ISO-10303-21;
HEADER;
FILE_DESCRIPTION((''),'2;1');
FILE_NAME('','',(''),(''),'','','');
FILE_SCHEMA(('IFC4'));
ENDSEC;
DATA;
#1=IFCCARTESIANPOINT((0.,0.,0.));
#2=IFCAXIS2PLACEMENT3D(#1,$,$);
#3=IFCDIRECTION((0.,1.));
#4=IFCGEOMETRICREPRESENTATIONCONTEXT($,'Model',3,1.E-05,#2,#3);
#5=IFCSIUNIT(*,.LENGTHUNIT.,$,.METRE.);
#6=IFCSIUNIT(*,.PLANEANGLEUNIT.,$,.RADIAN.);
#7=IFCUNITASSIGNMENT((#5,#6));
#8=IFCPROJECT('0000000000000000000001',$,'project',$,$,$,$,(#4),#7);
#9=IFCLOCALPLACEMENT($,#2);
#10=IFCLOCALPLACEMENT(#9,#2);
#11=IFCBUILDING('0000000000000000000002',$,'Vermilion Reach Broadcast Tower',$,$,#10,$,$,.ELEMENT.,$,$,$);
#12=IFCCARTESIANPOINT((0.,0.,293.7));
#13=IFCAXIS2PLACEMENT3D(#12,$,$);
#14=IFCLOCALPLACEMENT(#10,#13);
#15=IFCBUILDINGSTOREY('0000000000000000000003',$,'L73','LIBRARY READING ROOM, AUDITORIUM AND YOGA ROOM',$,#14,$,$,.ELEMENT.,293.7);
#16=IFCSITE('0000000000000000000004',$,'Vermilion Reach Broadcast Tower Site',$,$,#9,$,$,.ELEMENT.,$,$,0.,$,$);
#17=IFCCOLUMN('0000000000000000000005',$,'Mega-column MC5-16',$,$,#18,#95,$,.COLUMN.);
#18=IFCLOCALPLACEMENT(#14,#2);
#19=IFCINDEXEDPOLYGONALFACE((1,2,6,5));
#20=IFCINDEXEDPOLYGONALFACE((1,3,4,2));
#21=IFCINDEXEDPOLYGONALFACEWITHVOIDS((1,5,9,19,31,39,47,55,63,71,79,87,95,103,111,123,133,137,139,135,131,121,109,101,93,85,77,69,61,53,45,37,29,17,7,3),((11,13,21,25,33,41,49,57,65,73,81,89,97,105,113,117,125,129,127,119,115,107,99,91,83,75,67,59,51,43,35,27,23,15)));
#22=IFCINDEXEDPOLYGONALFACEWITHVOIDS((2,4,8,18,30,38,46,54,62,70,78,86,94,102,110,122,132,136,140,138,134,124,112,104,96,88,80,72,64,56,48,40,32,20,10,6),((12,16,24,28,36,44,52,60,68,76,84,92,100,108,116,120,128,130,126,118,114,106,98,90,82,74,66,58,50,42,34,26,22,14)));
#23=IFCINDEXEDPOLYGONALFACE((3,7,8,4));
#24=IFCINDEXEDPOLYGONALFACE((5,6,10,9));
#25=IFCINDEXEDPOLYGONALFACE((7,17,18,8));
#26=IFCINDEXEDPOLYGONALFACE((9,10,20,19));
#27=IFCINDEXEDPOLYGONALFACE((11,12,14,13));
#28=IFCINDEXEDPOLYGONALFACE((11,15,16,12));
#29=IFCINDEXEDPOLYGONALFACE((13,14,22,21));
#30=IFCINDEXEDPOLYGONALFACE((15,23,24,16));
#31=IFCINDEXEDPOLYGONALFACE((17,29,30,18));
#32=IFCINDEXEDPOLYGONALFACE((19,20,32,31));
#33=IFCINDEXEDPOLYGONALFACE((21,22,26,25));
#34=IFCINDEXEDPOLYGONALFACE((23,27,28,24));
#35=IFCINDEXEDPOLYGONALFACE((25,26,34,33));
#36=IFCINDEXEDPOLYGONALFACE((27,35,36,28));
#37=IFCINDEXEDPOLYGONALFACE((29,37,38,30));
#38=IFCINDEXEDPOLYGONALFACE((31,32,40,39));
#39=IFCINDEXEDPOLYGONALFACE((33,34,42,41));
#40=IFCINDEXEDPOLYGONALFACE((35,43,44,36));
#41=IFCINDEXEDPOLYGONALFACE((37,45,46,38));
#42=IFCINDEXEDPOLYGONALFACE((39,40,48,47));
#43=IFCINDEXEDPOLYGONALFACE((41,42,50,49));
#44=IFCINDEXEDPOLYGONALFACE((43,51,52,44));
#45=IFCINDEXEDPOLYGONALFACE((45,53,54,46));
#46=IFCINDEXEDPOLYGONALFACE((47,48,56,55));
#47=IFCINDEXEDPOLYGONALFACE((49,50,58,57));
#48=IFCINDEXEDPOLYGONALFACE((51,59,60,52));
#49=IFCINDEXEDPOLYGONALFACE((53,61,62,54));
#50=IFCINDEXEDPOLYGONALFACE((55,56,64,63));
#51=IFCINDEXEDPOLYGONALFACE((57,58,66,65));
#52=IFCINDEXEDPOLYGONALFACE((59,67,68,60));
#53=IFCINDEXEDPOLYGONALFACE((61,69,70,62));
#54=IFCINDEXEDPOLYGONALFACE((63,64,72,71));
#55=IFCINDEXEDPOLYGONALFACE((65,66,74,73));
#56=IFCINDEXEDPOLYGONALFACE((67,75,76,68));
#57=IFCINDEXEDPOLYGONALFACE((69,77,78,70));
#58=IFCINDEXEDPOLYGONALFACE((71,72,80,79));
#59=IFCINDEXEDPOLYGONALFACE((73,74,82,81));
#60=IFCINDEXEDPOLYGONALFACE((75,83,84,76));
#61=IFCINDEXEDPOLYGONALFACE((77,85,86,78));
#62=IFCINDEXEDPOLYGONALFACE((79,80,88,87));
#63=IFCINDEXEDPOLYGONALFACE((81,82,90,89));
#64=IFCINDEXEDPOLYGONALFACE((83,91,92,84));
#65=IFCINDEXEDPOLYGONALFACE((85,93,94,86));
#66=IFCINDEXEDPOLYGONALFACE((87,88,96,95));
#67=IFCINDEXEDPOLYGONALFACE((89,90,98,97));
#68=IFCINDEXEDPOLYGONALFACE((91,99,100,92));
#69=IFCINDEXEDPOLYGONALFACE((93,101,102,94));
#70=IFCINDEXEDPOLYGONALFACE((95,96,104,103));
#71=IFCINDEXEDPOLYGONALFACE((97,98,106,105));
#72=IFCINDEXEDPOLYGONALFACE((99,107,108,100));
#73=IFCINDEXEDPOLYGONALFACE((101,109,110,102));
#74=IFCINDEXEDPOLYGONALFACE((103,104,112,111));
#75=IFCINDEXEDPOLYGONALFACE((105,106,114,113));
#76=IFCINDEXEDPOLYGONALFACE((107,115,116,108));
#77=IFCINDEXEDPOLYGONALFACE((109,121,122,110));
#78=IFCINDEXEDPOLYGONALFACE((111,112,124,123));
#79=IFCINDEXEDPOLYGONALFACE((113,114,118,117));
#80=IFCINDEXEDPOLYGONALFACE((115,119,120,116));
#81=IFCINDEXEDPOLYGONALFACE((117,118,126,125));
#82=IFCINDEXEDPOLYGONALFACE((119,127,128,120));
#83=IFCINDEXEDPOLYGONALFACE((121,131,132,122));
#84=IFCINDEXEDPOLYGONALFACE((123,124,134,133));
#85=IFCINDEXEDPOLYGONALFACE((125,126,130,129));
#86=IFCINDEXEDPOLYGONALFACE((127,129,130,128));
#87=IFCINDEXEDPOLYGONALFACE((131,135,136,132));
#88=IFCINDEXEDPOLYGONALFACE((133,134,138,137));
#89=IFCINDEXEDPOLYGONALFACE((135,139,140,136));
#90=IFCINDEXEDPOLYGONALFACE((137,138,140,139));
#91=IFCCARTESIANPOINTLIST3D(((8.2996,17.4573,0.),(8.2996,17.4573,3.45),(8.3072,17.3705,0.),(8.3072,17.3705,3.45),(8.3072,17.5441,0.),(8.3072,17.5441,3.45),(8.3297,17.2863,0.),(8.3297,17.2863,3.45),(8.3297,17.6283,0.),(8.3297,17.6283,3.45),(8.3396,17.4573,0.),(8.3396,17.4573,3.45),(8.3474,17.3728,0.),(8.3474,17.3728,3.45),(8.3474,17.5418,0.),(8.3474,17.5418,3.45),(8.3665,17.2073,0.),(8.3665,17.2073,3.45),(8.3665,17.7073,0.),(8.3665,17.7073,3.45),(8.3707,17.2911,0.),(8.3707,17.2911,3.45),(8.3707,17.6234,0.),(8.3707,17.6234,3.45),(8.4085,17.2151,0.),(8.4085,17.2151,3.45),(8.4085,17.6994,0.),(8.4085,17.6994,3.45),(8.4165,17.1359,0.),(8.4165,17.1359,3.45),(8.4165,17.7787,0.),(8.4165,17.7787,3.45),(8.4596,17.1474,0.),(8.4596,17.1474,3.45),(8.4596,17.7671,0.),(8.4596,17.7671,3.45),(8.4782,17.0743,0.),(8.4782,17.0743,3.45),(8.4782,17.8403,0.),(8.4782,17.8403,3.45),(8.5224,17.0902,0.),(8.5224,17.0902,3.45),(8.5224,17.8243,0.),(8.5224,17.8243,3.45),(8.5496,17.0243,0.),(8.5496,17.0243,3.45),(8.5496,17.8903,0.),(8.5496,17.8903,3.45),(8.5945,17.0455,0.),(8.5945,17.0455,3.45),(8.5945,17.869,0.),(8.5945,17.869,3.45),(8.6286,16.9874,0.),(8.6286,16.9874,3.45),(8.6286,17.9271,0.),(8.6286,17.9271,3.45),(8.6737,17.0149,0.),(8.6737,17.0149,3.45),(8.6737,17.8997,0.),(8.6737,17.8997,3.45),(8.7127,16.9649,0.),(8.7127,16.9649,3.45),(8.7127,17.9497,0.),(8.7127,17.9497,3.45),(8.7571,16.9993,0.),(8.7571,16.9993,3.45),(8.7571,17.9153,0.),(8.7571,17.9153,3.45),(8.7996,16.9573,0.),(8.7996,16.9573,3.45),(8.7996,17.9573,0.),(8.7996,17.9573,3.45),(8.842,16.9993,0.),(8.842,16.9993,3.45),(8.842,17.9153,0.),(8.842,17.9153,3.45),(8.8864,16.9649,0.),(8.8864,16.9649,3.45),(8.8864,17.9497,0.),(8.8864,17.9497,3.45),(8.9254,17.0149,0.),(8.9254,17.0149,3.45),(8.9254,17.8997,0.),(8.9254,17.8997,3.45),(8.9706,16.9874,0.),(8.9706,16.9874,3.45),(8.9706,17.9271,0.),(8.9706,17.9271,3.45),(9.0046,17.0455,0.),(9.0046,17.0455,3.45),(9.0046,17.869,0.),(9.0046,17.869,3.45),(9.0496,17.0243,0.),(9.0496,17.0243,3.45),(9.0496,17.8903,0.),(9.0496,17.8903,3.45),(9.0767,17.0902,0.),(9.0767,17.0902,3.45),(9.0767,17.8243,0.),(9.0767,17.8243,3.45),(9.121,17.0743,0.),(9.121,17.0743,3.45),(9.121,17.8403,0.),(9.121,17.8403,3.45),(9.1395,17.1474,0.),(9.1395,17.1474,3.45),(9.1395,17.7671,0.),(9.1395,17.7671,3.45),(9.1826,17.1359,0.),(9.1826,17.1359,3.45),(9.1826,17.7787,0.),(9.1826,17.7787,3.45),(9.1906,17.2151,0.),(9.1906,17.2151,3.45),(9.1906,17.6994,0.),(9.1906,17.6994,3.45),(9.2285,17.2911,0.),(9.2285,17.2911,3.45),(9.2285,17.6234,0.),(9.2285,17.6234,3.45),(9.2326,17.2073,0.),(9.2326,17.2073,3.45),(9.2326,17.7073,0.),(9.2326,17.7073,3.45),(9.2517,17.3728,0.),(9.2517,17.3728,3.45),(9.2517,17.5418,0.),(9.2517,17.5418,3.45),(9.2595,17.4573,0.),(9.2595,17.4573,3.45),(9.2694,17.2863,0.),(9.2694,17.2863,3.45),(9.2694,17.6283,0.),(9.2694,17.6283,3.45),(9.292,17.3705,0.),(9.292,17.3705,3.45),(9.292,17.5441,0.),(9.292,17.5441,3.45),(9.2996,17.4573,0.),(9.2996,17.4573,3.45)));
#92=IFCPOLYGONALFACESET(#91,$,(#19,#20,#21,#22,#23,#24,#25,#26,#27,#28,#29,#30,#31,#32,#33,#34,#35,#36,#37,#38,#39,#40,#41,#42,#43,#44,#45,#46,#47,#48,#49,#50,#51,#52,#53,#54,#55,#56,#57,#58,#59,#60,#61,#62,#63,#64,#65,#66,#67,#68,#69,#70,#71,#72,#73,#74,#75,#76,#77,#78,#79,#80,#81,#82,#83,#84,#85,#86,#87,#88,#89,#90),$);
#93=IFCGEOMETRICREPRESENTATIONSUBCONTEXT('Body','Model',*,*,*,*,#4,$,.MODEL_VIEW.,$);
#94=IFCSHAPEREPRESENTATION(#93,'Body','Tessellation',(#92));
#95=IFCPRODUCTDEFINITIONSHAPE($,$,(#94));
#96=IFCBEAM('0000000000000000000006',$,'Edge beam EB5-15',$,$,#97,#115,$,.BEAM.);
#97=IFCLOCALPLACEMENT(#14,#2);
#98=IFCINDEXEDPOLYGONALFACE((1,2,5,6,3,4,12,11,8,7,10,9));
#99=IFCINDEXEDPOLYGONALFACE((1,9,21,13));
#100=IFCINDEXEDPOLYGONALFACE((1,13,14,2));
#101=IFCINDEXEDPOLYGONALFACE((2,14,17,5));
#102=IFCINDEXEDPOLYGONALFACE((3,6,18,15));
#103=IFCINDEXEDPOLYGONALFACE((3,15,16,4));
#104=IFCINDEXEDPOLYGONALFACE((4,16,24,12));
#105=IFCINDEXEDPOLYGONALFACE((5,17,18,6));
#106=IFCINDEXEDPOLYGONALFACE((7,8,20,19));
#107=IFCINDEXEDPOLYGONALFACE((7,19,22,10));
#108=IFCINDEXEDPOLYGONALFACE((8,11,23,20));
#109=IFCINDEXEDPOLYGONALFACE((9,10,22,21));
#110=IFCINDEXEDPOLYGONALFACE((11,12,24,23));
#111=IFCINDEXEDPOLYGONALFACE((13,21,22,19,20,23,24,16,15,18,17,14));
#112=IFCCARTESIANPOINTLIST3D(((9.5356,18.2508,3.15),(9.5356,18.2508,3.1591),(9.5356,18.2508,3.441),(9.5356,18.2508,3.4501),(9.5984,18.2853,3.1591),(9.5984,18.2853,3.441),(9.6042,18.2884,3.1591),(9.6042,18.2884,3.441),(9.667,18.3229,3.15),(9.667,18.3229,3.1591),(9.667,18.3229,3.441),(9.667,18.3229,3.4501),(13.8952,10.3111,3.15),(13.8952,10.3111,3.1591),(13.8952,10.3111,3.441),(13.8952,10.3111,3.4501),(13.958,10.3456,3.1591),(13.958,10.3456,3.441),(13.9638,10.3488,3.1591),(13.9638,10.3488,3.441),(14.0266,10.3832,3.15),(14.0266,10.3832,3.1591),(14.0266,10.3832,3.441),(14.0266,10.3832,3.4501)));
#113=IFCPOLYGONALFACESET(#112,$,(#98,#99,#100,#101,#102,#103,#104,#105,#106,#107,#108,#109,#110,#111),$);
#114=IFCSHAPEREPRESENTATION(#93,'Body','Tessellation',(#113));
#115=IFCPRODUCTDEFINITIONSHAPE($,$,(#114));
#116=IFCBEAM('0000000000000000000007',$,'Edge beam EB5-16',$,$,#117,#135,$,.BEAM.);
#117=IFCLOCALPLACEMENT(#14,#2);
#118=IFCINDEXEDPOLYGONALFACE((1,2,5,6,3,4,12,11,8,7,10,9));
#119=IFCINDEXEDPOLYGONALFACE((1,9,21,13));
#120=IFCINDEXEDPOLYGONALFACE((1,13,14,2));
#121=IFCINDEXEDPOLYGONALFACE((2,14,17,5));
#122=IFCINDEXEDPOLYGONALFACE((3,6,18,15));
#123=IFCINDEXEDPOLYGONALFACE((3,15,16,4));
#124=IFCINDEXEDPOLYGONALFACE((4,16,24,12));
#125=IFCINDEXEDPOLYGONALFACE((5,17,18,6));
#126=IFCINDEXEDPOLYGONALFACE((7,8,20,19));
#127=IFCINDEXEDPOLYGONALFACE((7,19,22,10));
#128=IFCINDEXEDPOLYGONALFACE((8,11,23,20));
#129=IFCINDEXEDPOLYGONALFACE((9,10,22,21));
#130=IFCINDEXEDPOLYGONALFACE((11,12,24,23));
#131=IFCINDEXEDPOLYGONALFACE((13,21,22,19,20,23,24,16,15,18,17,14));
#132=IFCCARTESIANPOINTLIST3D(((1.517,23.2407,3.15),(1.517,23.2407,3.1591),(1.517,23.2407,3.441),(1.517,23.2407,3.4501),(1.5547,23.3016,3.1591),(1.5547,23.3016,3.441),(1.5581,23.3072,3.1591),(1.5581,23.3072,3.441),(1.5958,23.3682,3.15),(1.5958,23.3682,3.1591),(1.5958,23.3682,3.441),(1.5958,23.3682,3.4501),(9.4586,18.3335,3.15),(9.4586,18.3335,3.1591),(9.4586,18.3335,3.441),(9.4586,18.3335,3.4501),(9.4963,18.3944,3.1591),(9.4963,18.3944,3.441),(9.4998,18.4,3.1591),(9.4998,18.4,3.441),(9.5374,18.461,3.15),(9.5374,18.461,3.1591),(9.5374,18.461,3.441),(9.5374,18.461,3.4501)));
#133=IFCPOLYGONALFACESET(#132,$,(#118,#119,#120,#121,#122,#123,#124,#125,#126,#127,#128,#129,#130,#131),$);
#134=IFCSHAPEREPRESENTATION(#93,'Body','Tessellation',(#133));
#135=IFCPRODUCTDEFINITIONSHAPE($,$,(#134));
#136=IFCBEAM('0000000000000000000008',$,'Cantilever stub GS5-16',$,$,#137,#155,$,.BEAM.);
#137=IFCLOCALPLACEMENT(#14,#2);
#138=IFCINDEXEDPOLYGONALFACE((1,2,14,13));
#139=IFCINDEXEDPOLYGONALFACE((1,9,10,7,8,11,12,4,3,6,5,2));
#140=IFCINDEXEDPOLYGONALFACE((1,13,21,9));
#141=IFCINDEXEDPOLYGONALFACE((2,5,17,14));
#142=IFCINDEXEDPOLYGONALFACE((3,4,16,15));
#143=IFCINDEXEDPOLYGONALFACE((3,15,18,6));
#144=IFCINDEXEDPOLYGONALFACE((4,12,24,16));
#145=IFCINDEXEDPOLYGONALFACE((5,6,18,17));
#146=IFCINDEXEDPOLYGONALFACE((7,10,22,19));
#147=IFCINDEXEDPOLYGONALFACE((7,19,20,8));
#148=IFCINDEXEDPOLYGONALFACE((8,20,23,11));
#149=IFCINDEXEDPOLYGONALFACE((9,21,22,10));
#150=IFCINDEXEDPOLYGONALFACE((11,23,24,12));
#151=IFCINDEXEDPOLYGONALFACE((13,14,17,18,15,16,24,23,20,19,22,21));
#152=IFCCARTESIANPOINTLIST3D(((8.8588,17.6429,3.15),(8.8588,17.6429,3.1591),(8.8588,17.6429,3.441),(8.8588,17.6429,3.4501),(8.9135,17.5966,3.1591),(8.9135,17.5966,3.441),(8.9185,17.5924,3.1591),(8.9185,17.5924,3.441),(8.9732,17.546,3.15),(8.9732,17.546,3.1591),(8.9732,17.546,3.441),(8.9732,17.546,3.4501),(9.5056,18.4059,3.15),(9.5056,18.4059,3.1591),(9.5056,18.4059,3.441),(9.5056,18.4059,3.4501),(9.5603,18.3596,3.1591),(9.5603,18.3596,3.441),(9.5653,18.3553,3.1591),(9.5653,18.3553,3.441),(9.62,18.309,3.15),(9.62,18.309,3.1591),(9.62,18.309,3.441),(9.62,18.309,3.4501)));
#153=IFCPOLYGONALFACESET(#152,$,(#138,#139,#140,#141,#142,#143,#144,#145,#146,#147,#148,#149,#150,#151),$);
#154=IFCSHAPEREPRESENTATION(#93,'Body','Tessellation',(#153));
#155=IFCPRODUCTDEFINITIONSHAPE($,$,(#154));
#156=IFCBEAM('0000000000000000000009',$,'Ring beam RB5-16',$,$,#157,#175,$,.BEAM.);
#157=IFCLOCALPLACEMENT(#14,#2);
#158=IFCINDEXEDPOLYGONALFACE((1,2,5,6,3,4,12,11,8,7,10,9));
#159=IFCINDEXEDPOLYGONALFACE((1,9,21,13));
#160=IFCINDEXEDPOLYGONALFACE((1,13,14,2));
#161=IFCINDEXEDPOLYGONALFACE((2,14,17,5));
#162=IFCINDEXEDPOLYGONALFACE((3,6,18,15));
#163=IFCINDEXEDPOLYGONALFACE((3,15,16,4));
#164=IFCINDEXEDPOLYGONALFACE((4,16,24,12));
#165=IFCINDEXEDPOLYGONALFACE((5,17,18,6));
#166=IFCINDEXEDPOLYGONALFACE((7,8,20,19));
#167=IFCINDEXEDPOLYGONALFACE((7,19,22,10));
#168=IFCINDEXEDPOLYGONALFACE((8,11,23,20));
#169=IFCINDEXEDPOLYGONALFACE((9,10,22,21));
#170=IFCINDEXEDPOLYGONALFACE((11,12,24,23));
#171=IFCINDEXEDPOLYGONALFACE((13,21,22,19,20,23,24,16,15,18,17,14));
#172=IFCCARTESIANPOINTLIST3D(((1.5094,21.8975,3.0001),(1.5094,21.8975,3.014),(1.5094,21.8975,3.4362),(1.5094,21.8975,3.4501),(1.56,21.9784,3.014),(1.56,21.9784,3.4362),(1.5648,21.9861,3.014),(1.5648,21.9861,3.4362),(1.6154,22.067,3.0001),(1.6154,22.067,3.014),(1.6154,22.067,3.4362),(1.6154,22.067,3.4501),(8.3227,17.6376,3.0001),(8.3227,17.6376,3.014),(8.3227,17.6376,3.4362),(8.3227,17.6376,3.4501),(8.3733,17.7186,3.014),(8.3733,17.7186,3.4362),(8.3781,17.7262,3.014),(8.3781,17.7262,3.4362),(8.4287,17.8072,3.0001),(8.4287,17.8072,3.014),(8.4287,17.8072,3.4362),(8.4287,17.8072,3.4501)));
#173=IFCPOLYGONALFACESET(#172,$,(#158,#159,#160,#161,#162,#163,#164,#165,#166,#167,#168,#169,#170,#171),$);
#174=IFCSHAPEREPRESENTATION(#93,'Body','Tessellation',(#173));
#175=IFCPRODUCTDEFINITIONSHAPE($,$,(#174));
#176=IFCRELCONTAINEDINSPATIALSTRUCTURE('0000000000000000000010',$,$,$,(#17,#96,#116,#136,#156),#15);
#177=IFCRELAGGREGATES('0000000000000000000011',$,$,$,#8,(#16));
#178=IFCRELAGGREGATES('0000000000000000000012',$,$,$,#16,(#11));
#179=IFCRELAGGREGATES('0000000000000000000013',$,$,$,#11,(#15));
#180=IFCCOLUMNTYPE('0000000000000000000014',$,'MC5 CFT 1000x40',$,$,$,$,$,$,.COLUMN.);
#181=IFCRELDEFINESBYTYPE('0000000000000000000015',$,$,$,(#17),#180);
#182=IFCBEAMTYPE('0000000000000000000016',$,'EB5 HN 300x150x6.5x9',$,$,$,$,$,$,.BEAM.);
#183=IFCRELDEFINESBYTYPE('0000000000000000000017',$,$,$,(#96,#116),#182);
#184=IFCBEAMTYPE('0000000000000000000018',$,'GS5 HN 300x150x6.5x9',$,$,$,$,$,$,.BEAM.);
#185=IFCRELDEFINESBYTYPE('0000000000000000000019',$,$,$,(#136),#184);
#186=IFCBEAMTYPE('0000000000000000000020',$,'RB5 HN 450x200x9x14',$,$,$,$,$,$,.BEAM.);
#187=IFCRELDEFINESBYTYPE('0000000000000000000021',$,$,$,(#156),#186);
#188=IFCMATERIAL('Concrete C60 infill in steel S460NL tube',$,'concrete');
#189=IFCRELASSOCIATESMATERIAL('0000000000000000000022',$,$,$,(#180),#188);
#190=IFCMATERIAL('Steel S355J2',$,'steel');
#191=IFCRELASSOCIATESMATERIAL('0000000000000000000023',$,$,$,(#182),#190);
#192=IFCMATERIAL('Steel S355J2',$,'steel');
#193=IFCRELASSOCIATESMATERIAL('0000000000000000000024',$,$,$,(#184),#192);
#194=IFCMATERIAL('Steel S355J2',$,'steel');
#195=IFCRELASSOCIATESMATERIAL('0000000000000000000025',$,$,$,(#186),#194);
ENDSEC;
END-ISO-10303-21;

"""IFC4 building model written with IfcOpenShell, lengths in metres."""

from ifc_helpers import new_model, si_unit, direction, frame, origin, origin_2d, place, context, subcontext, project, spatial, hollow_circle, i_section, extrude, material, material_profile, profile_set, type_object, element, save


model = new_model("IFC4")

# Units and contexts
model_context = context("Model", 3, precision=1e-05, world=origin(), true_north=direction((0.0, 1.0)))
body_context = subcontext(model_context, "Body", "Model", "MODEL_VIEW")
ifc_project = project(units=[si_unit("LENGTHUNIT", "METRE"), si_unit("PLANEANGLEUNIT", "RADIAN")], contexts=[model_context])

# Site, building, storey
site_placement = place(None, origin())
site = spatial("IfcSite", under=ifc_project, at=site_placement, Name="Vermilion Reach Broadcast Tower Site", CompositionType="ELEMENT", RefElevation=0.0)
building_placement = place(site_placement, origin())
building = spatial("IfcBuilding", under=site, at=building_placement, Name="Vermilion Reach Broadcast Tower", CompositionType="ELEMENT")
storey_placement = place(building_placement, frame((0.0, 0.0, 293.7)))
storey = spatial("IfcBuildingStorey", under=building, at=storey_placement, Name="L73", Description="LIBRARY READING ROOM, AUDITORIUM AND YOGA ROOM", CompositionType="ELEMENT", Elevation=293.7)

# Column
ifc_material_1 = material(Name="Concrete C60 infill in steel S460NL tube", Category="concrete")
ifc_material_profile_1 = material_profile(ifc_material_1, hollow_circle(Radius=0.5, WallThickness=0.04, at=origin_2d()), Name="Concrete C60 infill in steel S460NL tube CFT 1000x40")
ifc_profile_set_1 = profile_set([ifc_material_profile_1], Name="Concrete C60 infill in steel S460NL tube")
column_type = type_object("IfcColumnType", Name="MC5 CFT 1000x40", PredefinedType="COLUMN", material=ifc_profile_set_1)
column_placement = place(storey_placement, frame((8.7996, 17.4573, 0.0), z_axis=(0.0, 0.0, 1.0), x_axis=(1.0, 0.0, 0.0)))
element("IfcColumn", 1, at=column_placement, inside=storey, type_object=column_type, Name="Mega-column MC5-16", PredefinedType="COLUMN", context=body_context, shape_type="SweptSolid", body=[
    extrude(hollow_circle(Radius=0.5, WallThickness=0.04, at=origin_2d()), origin(), (0.0, 0.0, 1.0), 3.45),
])

# Beams
ifc_material_2 = material(Name="Steel S355J2", Category="steel")
ifc_material_profile_2 = material_profile(ifc_material_2, i_section(OverallWidth=0.1499, OverallDepth=0.3, WebThickness=0.0066, FlangeThickness=0.009, at=origin_2d()), Name="S355J2 HN 300x150x6.5x9")
ifc_profile_set_2 = profile_set([ifc_material_profile_2], Name="Steel S355J2")
beam_type_1 = type_object("IfcBeamType", Name="EB5 HN 300x150x6.5x9", PredefinedType="BEAM", material=ifc_profile_set_2)
beam_1_placement = place(storey_placement, frame((13.9609, 10.3472, 3.3), z_axis=(-0.481307, 0.876552, 0.0), x_axis=(-0.876552, -0.481307, 0.0)))
element("IfcBeam", 2, at=beam_1_placement, inside=storey, type_object=beam_type_1, Name="Edge beam EB5-15", PredefinedType="BEAM", context=body_context, shape_type="SweptSolid", body=[
    extrude(i_section(OverallWidth=0.1499, OverallDepth=0.3, WebThickness=0.0066, FlangeThickness=0.009, at=origin_2d()), origin(), (0.0, 0.0, 1.0), 9.0579),
])
beam_2_placement = place(storey_placement, frame((9.498, 18.3972, 3.3), z_axis=(-0.850698, 0.525655, 0.0), x_axis=(-0.525655, -0.850698, 0.0)))
element("IfcBeam", 3, at=beam_2_placement, inside=storey, type_object=beam_type_1, Name="Edge beam EB5-16", PredefinedType="BEAM", context=body_context, shape_type="SweptSolid", body=[
    extrude(i_section(OverallWidth=0.1499, OverallDepth=0.3, WebThickness=0.0066, FlangeThickness=0.009, at=origin_2d()), origin(), (0.0, 0.0, 1.0), 9.3354),
])
ifc_material_3 = material(Name="Steel S355J2", Category="steel")
ifc_material_profile_3 = material_profile(ifc_material_3, i_section(OverallWidth=0.1499, OverallDepth=0.3, WebThickness=0.0066, FlangeThickness=0.009, at=origin_2d()), Name="S355J2 HN 300x150x6.5x9")
ifc_profile_set_3 = profile_set([ifc_material_profile_3], Name="Steel S355J2")
beam_type_2 = type_object("IfcBeamType", Name="GS5 HN 300x150x6.5x9", PredefinedType="BEAM", material=ifc_profile_set_3)
beam_3_placement = place(storey_placement, frame((8.916, 17.5945, 3.3), z_axis=(0.64662, 0.762812, 0.0), x_axis=(-0.762812, 0.64662, 0.0)))
element("IfcBeam", 4, at=beam_3_placement, inside=storey, type_object=beam_type_2, Name="Cantilever stub GS5-16", PredefinedType="BEAM", context=body_context, shape_type="SweptSolid", body=[
    extrude(i_section(OverallWidth=0.1499, OverallDepth=0.3, WebThickness=0.0066, FlangeThickness=0.009, at=origin_2d()), origin(), (0.0, 0.0, 1.0), 1.0002),
])
ifc_material_4 = material(Name="Steel S355J2", Category="steel")
ifc_material_profile_4 = material_profile(ifc_material_4, i_section(OverallWidth=0.2, OverallDepth=0.45, WebThickness=0.009, FlangeThickness=0.0139, at=origin_2d()), Name="S355J2 HN 450x200x9x14")
ifc_profile_set_4 = profile_set([ifc_material_profile_4], Name="Steel S355J2")
beam_type_3 = type_object("IfcBeamType", Name="RB5 HN 450x200x9x14", PredefinedType="BEAM", material=ifc_profile_set_4)
beam_4_placement = place(storey_placement, frame((8.3757, 17.7224, 3.2251), z_axis=(-0.847915, 0.530133, 0.0), x_axis=(-0.530133, -0.847915, 0.0)))
element("IfcBeam", 5, at=beam_4_placement, inside=storey, type_object=beam_type_3, Name="Ring beam RB5-16", PredefinedType="BEAM", context=body_context, shape_type="SweptSolid", body=[
    extrude(i_section(OverallWidth=0.2, OverallDepth=0.45, WebThickness=0.009, FlangeThickness=0.0139, at=origin_2d()), origin(), (0.0, 0.0, 1.0), 8.0354),
])

save(model, "model.ifc")
